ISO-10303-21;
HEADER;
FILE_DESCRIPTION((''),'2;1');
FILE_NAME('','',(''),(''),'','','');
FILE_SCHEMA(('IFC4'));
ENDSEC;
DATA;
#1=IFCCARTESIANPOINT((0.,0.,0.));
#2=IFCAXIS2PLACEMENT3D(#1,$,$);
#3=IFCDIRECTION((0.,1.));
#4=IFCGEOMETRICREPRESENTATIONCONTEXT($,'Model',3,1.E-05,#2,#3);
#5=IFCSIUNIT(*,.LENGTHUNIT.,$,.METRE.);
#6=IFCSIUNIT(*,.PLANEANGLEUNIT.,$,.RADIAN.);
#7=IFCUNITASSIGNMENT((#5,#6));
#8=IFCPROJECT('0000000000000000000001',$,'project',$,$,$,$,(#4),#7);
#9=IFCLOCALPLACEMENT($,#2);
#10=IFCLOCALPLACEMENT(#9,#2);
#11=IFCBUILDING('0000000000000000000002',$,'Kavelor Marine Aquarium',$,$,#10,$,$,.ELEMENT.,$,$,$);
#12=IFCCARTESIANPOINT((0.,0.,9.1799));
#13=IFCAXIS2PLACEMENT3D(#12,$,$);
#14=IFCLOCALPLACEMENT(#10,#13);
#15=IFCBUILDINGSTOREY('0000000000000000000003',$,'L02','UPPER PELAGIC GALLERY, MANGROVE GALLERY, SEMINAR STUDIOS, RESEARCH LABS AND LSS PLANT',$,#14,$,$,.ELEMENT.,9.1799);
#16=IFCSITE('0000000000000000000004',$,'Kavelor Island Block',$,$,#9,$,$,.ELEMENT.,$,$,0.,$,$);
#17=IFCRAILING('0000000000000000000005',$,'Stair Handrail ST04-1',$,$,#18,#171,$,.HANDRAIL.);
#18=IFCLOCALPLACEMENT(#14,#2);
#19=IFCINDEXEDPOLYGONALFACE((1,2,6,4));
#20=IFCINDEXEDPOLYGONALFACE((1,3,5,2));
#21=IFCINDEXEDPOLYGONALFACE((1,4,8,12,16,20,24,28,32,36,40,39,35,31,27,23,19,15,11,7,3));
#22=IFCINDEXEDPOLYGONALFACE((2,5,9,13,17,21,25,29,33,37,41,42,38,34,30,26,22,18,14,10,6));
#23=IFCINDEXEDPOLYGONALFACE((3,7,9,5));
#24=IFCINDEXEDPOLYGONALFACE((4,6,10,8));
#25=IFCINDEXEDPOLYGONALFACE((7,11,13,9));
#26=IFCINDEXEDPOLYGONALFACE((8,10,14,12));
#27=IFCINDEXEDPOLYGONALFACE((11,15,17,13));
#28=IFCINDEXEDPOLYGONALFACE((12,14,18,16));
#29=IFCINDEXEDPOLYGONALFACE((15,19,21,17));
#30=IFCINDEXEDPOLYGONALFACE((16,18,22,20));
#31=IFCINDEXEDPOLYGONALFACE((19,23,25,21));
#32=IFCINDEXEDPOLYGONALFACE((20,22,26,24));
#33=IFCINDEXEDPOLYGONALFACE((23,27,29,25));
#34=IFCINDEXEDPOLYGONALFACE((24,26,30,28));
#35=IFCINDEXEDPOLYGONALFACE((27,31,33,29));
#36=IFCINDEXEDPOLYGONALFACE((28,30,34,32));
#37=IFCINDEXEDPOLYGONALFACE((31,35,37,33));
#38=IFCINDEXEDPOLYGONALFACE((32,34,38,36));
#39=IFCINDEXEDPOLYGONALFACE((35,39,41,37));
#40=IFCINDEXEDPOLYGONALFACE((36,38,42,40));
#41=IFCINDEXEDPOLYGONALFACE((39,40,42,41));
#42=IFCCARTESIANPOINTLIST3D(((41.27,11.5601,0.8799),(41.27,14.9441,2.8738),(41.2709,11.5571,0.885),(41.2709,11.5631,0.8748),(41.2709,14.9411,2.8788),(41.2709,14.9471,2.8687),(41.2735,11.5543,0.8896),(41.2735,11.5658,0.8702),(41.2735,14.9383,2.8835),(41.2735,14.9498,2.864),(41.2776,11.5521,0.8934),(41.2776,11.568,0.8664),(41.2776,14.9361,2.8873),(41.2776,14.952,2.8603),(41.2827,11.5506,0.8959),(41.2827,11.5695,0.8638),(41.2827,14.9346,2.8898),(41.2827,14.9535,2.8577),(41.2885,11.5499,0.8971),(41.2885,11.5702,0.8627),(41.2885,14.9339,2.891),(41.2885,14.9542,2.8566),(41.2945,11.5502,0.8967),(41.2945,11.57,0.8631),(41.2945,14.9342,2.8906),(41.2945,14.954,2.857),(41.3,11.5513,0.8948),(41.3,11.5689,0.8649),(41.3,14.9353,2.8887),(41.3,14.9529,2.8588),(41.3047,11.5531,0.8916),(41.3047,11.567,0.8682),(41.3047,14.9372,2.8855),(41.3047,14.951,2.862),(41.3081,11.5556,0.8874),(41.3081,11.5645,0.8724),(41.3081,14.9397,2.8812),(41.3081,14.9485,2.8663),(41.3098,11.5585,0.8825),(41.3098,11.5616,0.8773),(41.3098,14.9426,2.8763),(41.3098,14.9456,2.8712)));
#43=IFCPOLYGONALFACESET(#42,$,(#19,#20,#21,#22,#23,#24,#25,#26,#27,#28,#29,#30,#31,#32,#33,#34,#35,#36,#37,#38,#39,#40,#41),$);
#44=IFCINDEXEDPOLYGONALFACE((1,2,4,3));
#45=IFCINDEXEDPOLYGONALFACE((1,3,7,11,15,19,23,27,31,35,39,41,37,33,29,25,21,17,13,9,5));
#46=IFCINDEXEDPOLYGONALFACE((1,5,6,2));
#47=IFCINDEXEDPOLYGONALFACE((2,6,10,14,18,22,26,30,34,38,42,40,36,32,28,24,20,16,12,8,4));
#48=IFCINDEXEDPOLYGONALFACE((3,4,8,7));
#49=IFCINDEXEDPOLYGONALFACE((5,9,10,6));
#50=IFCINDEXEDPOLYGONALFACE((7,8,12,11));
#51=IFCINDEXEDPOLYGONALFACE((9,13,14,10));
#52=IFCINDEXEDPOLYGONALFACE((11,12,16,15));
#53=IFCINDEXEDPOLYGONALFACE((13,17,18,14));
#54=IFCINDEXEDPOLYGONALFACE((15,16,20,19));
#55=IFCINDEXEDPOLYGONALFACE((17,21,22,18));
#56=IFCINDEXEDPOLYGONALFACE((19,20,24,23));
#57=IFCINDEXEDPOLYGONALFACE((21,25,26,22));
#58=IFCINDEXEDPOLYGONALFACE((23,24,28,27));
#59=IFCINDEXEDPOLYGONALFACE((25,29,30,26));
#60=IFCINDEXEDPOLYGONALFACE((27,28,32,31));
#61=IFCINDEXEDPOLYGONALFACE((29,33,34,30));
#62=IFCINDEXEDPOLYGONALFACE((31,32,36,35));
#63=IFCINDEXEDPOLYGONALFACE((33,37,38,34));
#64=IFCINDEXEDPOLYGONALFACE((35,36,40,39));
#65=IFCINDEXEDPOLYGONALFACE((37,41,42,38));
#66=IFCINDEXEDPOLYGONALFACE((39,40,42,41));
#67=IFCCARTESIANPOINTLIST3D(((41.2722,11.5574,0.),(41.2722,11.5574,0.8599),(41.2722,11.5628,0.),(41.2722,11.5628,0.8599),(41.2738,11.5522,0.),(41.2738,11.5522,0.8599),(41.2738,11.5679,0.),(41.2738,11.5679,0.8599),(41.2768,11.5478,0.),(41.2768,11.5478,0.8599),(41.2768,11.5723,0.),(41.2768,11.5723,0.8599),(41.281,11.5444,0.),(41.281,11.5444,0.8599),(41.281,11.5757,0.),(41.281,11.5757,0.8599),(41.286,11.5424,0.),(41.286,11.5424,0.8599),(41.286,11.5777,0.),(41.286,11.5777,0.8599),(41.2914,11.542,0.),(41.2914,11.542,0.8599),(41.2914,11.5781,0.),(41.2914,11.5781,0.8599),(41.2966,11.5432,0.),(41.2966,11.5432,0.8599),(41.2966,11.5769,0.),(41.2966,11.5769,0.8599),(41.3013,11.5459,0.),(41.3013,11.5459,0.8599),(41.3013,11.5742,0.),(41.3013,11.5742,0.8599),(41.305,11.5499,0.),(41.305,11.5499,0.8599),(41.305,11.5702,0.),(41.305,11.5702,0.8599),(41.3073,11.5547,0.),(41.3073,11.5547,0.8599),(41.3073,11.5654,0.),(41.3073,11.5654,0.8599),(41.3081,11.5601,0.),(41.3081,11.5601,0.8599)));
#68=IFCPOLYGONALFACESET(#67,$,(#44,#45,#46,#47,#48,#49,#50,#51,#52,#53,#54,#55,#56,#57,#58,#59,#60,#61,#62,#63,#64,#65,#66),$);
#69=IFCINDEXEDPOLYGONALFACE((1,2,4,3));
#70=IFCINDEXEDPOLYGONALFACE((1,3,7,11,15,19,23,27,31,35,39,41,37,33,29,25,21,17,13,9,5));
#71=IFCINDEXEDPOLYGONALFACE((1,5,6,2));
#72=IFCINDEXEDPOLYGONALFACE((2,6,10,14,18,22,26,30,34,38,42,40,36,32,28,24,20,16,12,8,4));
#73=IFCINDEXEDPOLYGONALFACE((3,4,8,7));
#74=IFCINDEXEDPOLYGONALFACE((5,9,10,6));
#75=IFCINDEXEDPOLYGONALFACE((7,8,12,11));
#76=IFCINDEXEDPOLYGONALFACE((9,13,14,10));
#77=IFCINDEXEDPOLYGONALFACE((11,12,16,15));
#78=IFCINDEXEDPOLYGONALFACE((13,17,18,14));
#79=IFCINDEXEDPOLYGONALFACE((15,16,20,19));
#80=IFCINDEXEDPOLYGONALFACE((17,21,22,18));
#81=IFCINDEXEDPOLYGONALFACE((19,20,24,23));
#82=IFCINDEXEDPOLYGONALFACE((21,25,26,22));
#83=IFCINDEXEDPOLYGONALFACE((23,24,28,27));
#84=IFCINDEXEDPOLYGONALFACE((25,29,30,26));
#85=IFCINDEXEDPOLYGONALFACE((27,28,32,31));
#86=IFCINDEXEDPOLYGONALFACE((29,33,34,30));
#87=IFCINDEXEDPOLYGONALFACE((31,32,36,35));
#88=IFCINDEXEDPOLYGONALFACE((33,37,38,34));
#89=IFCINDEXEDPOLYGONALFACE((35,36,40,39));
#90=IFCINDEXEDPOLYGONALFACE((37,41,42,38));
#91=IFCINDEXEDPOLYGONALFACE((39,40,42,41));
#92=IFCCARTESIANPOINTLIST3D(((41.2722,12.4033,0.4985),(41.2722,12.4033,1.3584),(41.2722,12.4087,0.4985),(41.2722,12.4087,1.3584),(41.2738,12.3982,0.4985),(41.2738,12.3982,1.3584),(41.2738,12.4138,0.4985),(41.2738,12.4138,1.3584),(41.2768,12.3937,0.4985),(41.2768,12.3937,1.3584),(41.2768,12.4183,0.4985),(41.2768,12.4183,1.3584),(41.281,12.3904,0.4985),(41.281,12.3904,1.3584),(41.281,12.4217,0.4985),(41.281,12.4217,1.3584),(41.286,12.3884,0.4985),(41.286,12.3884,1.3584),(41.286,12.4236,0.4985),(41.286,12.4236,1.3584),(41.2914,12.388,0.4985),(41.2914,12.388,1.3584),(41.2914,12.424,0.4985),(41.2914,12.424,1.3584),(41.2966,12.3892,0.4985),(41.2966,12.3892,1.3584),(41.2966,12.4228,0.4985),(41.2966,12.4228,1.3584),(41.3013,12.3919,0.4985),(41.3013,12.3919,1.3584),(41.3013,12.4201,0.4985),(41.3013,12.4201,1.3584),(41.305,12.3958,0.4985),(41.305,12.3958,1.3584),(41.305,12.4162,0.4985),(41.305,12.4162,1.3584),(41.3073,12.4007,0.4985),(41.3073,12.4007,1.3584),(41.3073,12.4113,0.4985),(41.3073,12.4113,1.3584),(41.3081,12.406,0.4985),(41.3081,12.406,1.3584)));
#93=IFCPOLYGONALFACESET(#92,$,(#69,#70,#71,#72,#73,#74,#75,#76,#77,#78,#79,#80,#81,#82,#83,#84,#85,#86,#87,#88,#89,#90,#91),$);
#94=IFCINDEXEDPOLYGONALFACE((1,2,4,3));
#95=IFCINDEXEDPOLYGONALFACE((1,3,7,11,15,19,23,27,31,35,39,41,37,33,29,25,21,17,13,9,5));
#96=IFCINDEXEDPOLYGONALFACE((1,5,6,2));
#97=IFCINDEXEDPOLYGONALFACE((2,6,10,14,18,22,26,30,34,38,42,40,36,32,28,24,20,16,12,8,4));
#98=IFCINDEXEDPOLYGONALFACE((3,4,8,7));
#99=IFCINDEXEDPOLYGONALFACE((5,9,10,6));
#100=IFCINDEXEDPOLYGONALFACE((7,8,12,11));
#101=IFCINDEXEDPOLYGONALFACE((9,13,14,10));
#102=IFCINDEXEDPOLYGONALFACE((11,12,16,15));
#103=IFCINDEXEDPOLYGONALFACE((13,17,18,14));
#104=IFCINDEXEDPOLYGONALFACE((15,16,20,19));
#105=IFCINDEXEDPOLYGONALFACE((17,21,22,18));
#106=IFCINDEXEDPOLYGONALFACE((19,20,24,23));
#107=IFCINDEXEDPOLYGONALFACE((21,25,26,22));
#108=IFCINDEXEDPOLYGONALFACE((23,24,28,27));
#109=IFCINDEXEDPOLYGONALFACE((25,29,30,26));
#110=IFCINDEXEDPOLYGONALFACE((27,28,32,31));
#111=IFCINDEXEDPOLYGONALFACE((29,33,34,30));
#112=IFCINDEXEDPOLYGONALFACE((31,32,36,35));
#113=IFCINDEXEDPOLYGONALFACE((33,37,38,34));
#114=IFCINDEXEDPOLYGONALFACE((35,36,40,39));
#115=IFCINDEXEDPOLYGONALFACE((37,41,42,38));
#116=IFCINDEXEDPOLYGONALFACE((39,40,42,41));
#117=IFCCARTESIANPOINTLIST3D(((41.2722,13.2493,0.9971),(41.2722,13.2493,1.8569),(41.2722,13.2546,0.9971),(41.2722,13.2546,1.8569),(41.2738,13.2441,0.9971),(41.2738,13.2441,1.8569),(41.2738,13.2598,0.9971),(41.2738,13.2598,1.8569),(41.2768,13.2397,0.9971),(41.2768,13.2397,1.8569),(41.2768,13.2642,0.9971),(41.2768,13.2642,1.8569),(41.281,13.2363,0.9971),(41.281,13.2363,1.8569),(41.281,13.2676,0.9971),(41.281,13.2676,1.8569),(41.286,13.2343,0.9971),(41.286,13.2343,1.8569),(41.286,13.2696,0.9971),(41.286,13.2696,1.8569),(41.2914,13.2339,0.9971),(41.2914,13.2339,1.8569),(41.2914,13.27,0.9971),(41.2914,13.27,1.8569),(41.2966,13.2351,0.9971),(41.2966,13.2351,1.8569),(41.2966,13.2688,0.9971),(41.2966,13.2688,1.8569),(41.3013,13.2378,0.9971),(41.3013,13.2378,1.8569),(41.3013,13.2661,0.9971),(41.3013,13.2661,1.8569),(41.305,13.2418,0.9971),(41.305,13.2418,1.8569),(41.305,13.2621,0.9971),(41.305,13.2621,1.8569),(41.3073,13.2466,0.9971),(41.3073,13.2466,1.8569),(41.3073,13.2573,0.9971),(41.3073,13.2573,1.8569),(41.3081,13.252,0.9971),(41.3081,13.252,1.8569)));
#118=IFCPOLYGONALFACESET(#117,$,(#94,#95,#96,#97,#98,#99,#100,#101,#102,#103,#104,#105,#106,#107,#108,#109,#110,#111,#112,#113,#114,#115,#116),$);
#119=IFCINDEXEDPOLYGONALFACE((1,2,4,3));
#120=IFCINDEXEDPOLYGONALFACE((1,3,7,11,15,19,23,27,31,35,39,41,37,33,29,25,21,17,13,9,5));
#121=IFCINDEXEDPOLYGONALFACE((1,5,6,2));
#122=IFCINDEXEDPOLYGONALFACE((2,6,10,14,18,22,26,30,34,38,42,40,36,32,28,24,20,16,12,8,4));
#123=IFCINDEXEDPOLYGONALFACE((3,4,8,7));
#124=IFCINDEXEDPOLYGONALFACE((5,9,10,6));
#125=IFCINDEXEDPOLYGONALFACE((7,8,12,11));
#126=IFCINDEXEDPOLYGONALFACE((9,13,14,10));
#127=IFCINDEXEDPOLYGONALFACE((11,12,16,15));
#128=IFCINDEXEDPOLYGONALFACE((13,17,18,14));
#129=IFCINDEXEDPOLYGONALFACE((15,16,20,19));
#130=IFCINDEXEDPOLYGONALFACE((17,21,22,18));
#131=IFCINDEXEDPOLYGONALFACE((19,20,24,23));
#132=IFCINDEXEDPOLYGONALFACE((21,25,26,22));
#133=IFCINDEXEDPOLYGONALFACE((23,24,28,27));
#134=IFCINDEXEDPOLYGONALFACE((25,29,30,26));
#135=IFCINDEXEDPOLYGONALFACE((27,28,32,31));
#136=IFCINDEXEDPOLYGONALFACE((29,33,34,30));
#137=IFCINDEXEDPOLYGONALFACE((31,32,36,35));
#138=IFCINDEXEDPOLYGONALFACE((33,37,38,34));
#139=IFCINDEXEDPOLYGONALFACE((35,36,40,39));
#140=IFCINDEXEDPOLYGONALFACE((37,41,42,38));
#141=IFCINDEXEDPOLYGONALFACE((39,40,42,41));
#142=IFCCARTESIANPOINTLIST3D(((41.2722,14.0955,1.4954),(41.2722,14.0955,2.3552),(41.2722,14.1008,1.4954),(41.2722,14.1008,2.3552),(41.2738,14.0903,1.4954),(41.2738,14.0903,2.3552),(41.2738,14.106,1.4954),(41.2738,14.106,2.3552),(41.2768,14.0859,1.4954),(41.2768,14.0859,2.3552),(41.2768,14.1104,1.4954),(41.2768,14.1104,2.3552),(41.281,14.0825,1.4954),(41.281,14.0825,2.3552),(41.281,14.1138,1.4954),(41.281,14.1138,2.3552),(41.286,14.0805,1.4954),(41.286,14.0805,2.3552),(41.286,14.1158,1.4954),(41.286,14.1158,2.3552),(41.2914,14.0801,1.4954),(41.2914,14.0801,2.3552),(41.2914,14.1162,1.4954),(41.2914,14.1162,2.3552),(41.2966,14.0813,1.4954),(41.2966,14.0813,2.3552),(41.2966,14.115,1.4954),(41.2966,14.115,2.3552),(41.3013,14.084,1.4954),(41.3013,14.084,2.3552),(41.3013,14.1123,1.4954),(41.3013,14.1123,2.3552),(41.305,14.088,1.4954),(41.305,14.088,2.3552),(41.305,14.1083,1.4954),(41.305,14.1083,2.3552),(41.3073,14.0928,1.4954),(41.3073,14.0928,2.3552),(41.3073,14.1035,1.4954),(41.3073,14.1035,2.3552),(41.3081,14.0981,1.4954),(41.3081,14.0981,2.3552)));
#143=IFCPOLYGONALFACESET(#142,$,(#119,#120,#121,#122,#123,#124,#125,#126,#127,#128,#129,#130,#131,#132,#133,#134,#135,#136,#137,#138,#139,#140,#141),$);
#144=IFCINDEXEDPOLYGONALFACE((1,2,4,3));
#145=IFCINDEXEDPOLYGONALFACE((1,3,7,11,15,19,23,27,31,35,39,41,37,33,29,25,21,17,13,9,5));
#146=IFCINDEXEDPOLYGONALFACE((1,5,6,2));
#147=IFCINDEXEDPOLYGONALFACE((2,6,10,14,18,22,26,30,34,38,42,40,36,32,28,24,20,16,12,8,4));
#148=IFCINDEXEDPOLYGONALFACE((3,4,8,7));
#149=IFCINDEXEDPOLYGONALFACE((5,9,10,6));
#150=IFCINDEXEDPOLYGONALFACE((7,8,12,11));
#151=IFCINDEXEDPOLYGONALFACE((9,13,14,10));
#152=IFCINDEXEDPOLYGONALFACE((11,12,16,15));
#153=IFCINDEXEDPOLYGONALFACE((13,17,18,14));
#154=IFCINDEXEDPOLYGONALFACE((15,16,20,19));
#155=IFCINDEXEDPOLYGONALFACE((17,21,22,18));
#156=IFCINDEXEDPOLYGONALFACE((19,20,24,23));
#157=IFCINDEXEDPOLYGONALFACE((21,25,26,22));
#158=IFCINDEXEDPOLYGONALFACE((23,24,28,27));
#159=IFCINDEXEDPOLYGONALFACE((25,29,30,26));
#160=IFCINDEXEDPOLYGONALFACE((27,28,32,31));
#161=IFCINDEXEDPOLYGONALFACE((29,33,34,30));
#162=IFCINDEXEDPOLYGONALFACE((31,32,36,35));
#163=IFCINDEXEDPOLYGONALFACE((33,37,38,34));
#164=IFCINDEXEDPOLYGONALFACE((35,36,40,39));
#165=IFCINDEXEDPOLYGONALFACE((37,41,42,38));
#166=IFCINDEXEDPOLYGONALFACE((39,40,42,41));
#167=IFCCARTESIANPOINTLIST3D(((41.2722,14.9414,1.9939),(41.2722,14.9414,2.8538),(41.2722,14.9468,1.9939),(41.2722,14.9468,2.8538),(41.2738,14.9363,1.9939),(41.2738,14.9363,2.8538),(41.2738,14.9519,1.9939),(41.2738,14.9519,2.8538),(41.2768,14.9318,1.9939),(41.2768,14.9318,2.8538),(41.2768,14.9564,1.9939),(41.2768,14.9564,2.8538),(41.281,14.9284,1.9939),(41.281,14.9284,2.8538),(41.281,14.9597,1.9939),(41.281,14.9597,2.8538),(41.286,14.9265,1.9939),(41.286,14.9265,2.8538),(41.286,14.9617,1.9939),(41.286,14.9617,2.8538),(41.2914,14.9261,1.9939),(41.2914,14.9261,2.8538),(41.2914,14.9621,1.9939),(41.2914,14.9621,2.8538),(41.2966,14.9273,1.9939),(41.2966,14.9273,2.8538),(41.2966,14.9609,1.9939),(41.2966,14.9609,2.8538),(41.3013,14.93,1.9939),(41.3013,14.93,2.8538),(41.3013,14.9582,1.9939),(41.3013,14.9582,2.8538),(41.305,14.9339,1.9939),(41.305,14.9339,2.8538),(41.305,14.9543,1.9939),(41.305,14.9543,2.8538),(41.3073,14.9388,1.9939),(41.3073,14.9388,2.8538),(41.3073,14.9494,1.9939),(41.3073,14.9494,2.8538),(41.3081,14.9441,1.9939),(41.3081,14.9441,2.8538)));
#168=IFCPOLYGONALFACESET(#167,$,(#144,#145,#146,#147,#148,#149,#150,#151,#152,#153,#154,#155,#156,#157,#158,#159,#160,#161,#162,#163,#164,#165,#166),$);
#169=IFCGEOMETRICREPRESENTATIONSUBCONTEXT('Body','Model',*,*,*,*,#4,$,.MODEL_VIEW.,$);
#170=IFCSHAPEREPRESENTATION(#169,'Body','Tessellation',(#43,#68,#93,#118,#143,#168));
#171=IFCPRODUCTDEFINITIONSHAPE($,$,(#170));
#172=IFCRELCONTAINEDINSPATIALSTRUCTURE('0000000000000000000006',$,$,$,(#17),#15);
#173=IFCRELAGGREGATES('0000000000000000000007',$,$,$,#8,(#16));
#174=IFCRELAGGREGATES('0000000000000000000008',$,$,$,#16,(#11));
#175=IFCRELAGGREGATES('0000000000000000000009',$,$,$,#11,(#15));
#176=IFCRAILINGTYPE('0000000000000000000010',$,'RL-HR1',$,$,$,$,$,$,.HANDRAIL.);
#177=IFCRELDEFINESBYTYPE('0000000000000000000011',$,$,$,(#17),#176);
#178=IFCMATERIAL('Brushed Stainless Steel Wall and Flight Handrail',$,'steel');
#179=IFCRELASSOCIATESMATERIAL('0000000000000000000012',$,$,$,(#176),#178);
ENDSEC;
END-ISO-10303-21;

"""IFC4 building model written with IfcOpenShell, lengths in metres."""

from ifc_helpers import new_model, si_unit, direction, frame, origin, origin_2d, place, context, subcontext, project, spatial, circle, extrude, material, type_object, element, save


model = new_model("IFC4")

# Units and contexts
model_context = context("Model", 3, precision=1e-05, world=origin(), true_north=direction((0.0, 1.0)))
body_context = subcontext(model_context, "Body", "Model", "MODEL_VIEW")
ifc_project = project(units=[si_unit("LENGTHUNIT", "METRE"), si_unit("PLANEANGLEUNIT", "RADIAN")], contexts=[model_context])

# Site, building, storey
site_placement = place(None, origin())
site = spatial("IfcSite", under=ifc_project, at=site_placement, Name="Kavelor Island Block", CompositionType="ELEMENT", RefElevation=0.0)
building_placement = place(site_placement, origin())
building = spatial("IfcBuilding", under=site, at=building_placement, Name="Kavelor Marine Aquarium", CompositionType="ELEMENT")
storey_placement = place(building_placement, frame((0.0, 0.0, 9.1799)))
storey = spatial("IfcBuildingStorey", under=building, at=storey_placement, Name="L02", Description="UPPER PELAGIC GALLERY, MANGROVE GALLERY, SEMINAR STUDIOS, RESEARCH LABS AND LSS PLANT", CompositionType="ELEMENT", Elevation=9.1799)

# Railing
ifc_material_1 = material(Name="Brushed Stainless Steel Wall and Flight Handrail", Category="steel")
railing_type_1 = type_object("IfcRailingType", Name="RL-HR1", PredefinedType="HANDRAIL", material=ifc_material_1)
railing_1_placement = place(storey_placement, frame((41.29, 11.5601, 0.0)))
element("IfcRailing", 1, at=railing_1_placement, inside=storey, type_object=railing_type_1, Name="Stair Handrail ST04-1", PredefinedType="HANDRAIL", context=body_context, shape_type="SweptSolid", body=[
    extrude(circle(Radius=0.02, at=origin_2d()), frame((0.0, 0.0, 0.8799), z_axis=(0.0, 0.861568, 0.507642), x_axis=(-1.0, 0.0, 0.0)), (0.0, 0.0, 1.0), 3.9277),
    extrude(circle(Radius=0.0181, at=origin_2d()), origin(), (0.0, 0.0, 1.0), 0.8599),
    extrude(circle(Radius=0.0181, at=origin_2d()), frame((0.0, 0.8459, 0.4985)), (0.0, 0.0, 1.0), 0.8599),
    extrude(circle(Radius=0.0181, at=origin_2d()), frame((0.0, 1.6919, 0.9971)), (0.0, 0.0, 1.0), 0.8599),
    extrude(circle(Radius=0.0181, at=origin_2d()), frame((0.0, 2.5381, 1.4954)), (0.0, 0.0, 1.0), 0.8599),
    extrude(circle(Radius=0.0181, at=origin_2d()), frame((0.0, 3.384, 1.9939)), (0.0, 0.0, 1.0), 0.8599),
])

save(model, "model.ifc")
